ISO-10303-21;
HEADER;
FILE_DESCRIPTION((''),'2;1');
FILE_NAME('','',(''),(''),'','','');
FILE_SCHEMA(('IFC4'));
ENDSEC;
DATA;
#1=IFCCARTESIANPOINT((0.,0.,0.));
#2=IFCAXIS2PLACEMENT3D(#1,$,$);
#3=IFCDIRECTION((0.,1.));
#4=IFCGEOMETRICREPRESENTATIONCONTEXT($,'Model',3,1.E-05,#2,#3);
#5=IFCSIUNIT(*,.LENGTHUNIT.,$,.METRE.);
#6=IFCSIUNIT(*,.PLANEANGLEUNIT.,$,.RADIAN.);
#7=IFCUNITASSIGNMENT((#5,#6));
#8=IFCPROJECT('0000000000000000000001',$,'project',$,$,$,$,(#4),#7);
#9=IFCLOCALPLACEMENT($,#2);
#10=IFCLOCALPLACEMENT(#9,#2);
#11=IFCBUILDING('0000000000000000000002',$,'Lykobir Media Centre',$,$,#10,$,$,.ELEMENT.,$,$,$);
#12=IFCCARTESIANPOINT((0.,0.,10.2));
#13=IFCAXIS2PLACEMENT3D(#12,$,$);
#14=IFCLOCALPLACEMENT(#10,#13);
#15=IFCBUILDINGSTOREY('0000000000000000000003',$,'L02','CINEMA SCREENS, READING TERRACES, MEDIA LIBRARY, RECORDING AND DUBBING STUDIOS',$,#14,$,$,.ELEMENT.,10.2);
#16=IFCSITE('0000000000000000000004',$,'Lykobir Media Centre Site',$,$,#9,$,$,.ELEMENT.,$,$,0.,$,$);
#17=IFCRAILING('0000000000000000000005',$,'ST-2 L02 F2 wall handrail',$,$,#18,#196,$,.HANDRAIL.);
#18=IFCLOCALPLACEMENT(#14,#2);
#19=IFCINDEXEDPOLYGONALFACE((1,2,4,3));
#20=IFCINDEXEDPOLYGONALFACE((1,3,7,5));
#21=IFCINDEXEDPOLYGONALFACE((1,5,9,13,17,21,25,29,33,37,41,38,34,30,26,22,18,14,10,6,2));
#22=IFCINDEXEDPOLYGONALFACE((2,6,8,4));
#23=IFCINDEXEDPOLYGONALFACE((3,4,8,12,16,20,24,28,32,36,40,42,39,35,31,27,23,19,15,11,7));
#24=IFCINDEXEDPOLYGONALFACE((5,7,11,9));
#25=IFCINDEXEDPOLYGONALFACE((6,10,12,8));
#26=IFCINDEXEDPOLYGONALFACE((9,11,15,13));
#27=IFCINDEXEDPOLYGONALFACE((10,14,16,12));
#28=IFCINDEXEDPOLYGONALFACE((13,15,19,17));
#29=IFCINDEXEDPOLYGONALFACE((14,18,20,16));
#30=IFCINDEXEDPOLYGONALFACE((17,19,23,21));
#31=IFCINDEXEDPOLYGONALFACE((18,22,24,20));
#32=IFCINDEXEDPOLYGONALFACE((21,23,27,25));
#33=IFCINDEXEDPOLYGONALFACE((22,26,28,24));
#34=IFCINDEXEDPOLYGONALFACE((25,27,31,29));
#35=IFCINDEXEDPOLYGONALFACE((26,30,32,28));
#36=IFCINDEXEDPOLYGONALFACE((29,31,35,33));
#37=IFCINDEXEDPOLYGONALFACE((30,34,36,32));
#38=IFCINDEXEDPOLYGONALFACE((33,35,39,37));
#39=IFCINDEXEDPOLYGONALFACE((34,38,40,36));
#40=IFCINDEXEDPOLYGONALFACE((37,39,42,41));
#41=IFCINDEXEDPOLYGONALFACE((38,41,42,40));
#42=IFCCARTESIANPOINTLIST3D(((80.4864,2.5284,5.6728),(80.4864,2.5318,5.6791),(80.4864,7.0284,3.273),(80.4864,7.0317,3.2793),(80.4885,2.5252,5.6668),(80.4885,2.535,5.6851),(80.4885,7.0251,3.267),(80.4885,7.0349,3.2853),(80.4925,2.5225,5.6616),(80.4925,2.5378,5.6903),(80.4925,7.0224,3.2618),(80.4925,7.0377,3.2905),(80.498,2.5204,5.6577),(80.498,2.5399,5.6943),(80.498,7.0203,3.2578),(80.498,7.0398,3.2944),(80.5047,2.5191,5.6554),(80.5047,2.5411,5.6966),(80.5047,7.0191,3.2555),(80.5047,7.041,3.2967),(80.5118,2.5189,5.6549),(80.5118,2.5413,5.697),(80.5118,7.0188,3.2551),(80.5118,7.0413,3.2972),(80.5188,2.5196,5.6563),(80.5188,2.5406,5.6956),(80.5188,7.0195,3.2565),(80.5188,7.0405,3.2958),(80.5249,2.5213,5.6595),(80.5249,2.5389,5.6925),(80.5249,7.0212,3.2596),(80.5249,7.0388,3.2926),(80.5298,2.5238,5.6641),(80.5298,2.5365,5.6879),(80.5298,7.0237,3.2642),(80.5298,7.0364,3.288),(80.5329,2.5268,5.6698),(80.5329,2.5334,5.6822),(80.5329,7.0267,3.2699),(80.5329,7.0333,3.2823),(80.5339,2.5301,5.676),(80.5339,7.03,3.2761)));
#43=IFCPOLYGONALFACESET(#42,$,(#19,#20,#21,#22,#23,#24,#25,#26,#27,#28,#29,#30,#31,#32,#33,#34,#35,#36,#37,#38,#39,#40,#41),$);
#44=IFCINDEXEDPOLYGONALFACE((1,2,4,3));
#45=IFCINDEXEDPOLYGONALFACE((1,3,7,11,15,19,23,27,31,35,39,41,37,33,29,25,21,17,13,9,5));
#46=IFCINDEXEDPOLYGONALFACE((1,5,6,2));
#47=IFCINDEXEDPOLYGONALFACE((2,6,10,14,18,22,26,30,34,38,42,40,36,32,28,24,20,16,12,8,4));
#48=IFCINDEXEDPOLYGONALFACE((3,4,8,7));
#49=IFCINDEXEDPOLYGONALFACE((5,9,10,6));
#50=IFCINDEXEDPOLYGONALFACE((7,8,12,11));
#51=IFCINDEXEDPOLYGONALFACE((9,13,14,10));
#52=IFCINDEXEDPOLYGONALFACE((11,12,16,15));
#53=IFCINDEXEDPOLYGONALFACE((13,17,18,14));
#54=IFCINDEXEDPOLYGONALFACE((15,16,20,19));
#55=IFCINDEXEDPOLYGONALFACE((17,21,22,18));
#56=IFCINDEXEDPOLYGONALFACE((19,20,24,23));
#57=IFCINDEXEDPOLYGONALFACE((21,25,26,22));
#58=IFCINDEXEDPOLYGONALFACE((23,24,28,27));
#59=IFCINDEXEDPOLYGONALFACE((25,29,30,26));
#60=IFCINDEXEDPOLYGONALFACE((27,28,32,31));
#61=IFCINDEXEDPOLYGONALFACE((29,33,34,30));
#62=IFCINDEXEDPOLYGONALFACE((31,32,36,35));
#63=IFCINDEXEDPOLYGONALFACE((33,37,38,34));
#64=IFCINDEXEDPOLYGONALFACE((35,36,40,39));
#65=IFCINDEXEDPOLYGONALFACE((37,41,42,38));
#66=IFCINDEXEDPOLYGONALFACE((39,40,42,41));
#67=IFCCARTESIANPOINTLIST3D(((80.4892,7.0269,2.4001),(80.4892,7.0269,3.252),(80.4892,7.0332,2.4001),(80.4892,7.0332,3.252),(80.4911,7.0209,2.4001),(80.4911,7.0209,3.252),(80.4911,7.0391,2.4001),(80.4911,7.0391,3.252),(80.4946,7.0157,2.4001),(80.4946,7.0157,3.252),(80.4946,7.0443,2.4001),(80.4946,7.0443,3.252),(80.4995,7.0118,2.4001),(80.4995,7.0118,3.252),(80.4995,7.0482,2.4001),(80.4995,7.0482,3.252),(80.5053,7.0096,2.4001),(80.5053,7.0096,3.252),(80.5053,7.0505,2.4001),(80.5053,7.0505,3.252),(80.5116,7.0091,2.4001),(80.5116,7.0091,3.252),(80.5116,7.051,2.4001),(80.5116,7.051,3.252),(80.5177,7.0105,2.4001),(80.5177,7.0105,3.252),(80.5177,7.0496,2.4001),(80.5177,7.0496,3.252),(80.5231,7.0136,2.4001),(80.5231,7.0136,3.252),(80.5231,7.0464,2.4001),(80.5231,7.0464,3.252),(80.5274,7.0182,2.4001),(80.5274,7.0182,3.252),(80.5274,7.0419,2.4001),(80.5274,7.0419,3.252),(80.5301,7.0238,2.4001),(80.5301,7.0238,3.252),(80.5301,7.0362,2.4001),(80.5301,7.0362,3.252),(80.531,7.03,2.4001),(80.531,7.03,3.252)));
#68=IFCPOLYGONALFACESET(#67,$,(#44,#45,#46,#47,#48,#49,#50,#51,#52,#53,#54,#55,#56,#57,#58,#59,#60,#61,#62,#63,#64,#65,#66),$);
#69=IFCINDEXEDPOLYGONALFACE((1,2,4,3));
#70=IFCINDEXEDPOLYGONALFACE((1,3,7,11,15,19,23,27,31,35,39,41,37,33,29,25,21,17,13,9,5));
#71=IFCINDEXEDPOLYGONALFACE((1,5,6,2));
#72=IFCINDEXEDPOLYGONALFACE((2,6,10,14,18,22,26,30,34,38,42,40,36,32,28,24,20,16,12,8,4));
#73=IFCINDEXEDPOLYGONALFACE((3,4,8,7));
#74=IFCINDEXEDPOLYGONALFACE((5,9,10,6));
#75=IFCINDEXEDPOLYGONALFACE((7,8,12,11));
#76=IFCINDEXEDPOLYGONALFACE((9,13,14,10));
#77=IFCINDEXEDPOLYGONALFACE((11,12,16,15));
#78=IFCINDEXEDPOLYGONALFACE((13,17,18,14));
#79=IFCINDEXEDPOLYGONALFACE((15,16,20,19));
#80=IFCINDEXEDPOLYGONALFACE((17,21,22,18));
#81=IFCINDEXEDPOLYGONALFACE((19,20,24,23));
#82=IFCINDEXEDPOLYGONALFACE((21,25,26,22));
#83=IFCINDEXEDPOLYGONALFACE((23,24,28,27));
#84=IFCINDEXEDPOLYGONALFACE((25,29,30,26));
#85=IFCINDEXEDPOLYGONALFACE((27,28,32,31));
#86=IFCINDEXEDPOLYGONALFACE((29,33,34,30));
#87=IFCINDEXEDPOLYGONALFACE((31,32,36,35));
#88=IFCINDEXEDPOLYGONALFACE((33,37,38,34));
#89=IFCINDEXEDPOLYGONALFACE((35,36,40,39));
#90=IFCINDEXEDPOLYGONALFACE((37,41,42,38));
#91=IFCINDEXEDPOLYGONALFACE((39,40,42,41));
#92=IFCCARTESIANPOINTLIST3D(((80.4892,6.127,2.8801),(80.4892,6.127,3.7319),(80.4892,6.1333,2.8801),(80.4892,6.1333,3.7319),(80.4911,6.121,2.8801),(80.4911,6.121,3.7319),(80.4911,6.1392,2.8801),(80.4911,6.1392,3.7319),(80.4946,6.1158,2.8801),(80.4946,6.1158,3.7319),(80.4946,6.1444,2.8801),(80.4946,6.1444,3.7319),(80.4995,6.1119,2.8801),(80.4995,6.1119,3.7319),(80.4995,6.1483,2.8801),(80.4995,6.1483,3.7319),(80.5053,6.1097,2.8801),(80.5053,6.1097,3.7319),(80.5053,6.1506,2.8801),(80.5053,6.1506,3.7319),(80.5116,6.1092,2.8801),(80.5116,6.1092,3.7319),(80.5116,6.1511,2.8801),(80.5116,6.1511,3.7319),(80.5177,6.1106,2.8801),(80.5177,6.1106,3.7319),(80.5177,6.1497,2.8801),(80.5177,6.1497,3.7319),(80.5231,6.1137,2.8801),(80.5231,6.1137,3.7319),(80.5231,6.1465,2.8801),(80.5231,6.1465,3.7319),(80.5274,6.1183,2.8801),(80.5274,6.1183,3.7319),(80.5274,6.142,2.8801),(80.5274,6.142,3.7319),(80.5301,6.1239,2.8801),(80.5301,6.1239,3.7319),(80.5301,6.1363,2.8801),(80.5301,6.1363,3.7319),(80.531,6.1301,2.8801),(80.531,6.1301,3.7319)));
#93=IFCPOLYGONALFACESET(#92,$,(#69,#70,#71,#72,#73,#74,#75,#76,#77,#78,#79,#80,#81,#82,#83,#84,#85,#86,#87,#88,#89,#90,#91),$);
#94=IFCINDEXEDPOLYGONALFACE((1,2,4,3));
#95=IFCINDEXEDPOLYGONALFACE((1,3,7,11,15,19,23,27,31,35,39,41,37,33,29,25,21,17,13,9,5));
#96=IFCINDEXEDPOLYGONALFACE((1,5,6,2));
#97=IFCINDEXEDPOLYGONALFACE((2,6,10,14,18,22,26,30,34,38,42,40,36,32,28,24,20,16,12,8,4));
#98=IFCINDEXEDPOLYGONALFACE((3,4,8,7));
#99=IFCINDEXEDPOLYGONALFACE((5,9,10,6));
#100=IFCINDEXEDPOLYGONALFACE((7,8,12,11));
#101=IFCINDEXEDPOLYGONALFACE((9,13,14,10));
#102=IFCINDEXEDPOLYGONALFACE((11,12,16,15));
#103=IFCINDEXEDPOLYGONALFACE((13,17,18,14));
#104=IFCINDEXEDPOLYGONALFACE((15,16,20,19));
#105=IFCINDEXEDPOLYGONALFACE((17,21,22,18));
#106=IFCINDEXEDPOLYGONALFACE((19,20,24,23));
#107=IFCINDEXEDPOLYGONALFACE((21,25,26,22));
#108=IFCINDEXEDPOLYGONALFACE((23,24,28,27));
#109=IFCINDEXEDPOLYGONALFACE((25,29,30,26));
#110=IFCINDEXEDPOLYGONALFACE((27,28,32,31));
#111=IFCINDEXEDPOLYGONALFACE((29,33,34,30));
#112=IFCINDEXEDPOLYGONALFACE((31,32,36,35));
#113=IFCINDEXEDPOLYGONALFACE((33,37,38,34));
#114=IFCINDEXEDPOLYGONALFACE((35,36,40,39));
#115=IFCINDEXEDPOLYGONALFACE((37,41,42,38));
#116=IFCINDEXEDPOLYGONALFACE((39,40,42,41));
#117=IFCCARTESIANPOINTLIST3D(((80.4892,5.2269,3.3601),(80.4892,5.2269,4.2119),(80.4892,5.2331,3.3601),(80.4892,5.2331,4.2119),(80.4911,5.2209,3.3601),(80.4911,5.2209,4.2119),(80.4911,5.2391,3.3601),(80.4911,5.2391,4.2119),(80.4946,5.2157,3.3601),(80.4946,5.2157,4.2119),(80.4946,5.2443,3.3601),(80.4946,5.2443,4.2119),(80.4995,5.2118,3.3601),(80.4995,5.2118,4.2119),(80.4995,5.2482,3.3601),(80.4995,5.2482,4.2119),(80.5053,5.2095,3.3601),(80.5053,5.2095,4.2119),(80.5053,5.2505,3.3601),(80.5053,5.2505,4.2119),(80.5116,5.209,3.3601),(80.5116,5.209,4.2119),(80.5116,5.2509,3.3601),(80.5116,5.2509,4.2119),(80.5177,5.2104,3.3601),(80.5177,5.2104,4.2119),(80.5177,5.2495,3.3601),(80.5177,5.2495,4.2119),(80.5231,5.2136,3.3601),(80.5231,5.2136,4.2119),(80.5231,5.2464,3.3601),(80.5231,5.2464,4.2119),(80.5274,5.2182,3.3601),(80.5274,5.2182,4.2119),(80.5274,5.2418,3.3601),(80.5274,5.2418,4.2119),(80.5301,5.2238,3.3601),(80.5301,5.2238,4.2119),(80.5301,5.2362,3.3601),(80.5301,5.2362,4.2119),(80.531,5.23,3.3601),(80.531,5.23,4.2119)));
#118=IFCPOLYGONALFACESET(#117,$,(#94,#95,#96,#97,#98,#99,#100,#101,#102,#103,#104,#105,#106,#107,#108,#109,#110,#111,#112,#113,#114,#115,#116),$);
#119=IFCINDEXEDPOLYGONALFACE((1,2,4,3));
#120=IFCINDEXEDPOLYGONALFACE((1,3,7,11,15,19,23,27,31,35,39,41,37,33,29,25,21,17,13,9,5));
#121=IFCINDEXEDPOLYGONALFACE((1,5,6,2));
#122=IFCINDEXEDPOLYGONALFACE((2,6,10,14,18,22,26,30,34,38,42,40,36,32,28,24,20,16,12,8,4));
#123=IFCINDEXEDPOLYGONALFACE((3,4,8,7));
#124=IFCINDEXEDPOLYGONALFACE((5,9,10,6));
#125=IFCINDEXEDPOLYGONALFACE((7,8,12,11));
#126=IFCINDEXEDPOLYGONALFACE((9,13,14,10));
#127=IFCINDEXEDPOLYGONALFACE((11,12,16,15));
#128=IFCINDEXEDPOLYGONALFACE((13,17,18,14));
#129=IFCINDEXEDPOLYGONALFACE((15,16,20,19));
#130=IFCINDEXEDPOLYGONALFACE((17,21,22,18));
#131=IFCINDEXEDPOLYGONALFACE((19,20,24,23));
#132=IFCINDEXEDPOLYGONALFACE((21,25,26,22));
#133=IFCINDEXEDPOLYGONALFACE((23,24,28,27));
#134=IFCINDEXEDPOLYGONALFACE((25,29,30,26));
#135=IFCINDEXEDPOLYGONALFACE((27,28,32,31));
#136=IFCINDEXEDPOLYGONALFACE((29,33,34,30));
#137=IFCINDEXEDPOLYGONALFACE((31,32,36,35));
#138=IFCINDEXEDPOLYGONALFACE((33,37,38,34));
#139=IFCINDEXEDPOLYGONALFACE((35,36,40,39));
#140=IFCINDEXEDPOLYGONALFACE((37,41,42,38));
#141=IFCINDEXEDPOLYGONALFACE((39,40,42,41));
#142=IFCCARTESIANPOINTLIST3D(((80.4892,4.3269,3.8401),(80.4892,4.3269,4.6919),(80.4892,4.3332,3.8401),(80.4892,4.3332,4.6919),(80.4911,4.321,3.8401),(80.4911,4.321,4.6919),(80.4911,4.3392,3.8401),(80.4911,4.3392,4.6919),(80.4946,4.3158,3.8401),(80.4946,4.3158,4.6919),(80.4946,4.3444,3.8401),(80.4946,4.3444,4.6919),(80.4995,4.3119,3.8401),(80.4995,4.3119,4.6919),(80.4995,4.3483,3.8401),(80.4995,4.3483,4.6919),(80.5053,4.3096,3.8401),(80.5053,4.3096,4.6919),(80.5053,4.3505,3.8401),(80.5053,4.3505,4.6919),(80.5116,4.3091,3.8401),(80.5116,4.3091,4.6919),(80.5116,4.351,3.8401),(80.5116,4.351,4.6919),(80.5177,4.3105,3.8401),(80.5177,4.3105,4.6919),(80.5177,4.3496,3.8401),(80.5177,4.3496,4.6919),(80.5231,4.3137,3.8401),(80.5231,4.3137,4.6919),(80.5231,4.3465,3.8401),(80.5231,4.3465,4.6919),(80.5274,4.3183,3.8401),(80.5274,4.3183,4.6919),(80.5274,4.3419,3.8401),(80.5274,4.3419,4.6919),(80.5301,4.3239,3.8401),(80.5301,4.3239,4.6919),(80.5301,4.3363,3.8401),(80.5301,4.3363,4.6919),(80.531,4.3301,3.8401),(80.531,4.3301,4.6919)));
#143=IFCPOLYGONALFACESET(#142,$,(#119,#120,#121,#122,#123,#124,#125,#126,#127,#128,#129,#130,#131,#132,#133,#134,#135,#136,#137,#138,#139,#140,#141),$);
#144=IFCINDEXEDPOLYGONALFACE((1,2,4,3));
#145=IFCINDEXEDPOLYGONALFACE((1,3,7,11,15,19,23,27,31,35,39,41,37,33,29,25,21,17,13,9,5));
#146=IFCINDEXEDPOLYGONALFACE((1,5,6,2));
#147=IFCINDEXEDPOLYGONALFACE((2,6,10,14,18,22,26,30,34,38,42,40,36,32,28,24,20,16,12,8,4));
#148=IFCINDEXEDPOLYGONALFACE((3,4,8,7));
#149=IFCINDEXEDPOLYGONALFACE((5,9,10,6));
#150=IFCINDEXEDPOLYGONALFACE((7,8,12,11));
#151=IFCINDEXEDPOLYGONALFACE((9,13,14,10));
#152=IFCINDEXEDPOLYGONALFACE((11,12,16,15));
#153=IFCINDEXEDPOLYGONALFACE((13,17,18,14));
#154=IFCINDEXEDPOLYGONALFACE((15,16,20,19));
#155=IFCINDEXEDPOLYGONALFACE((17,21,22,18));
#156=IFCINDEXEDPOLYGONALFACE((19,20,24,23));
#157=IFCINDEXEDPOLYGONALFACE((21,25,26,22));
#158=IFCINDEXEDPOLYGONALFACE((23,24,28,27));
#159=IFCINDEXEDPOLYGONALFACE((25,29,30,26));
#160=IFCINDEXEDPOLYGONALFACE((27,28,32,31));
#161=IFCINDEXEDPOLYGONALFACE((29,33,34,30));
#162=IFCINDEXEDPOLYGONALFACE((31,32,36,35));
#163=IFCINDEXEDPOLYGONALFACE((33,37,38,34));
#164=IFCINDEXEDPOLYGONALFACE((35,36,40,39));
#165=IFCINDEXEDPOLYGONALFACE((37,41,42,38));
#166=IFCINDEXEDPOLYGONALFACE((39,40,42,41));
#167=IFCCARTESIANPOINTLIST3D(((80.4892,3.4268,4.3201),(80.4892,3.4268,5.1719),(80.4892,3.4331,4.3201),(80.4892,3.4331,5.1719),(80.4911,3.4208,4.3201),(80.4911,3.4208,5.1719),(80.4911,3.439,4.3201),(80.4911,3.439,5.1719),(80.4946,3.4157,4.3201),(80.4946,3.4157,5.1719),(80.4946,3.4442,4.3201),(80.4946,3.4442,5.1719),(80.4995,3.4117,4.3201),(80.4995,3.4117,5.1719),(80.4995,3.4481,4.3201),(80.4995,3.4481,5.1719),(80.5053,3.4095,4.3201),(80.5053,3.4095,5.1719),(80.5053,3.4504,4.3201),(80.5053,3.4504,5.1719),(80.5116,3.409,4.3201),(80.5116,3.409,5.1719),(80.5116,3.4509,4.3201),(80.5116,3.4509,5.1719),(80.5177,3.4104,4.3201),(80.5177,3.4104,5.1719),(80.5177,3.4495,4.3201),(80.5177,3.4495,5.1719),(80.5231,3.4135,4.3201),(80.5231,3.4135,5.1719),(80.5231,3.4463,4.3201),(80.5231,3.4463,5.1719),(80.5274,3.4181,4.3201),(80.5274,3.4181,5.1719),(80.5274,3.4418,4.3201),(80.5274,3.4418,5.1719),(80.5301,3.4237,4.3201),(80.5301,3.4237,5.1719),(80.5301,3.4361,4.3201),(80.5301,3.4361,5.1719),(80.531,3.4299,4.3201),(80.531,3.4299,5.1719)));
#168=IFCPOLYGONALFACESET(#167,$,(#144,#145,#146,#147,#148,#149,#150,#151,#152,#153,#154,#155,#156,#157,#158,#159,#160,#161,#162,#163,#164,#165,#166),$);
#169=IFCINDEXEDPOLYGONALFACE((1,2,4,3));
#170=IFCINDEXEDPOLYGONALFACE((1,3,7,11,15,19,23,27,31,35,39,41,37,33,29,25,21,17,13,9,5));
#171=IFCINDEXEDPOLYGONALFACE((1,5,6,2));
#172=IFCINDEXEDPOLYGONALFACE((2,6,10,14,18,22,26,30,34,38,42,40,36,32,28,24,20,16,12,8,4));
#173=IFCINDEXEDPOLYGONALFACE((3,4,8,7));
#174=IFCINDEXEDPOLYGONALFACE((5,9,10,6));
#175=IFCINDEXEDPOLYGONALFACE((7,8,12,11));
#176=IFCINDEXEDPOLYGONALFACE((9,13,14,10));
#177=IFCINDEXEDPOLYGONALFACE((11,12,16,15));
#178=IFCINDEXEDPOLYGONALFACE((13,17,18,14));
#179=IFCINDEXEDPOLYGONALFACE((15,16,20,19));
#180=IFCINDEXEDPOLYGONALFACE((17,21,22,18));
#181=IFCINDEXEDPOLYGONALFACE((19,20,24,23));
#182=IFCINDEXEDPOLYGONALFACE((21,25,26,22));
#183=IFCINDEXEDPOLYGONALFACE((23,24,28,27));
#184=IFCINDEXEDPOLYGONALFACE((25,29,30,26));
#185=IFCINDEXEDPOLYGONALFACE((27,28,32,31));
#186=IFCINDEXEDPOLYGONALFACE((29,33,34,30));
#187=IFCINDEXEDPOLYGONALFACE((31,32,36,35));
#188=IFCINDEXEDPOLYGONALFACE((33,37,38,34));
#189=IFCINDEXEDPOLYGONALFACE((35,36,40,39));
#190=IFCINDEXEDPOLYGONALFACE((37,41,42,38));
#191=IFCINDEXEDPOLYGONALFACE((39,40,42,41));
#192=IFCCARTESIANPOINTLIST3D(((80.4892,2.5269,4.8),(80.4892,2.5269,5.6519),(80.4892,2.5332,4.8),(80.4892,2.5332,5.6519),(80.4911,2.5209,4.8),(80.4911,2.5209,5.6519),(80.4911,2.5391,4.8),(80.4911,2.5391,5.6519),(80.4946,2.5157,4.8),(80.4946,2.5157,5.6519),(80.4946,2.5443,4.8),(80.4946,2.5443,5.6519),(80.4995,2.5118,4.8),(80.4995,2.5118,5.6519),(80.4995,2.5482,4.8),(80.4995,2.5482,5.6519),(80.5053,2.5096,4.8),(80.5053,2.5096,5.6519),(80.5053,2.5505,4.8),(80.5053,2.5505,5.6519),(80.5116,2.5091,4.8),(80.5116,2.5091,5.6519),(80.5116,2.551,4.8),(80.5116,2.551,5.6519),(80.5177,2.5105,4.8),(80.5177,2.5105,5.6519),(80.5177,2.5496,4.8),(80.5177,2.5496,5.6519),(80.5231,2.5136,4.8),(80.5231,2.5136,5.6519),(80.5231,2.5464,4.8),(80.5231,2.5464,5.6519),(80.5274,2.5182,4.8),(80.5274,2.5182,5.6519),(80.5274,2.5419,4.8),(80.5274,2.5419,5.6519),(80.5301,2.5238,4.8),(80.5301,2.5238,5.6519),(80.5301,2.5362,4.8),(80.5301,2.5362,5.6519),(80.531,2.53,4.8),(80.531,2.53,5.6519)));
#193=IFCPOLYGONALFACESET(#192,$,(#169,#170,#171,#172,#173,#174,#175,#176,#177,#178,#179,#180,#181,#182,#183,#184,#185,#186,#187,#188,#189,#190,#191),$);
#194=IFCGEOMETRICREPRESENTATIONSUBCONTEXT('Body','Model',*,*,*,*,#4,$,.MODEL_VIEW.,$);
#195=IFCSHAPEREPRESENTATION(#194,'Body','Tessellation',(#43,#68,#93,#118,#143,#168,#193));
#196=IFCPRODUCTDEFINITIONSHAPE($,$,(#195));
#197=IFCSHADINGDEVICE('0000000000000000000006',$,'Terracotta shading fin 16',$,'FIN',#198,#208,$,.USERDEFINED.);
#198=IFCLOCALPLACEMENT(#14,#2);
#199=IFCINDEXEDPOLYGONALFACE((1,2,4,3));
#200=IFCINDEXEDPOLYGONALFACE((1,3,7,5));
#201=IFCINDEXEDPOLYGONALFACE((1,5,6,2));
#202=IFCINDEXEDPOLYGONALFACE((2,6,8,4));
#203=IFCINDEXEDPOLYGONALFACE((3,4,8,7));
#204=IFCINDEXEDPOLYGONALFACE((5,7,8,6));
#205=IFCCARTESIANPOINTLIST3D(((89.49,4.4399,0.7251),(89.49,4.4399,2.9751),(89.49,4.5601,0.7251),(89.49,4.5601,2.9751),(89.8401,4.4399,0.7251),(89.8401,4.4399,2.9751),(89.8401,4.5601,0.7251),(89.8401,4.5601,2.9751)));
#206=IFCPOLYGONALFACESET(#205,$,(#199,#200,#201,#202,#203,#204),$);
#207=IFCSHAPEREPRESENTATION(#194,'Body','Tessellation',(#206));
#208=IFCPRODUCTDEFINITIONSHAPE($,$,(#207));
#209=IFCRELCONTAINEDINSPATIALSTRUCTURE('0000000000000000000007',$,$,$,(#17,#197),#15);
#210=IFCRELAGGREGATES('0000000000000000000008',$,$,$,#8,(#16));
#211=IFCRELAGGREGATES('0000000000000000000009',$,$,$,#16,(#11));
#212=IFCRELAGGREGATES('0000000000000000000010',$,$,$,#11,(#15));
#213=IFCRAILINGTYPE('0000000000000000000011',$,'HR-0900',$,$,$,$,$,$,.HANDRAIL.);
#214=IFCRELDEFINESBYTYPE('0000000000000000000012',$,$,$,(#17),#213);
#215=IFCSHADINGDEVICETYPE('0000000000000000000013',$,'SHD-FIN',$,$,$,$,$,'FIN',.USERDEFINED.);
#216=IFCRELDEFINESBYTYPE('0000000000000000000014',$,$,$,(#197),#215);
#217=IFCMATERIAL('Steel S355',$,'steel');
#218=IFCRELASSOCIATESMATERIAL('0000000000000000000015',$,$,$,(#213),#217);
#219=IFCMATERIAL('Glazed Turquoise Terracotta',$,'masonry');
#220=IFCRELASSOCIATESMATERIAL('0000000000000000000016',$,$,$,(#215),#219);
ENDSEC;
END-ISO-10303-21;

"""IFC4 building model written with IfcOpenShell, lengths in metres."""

from ifc_helpers import new_model, si_unit, direction, frame, origin, origin_2d, place, context, subcontext, project, spatial, rectangle, circle, extrude, material, type_object, element, save


model = new_model("IFC4")

# Units and contexts
model_context = context("Model", 3, precision=1e-05, world=origin(), true_north=direction((0.0, 1.0)))
body_context = subcontext(model_context, "Body", "Model", "MODEL_VIEW")
ifc_project = project(units=[si_unit("LENGTHUNIT", "METRE"), si_unit("PLANEANGLEUNIT", "RADIAN")], contexts=[model_context])

# Site, building, storey
site_placement = place(None, origin())
site = spatial("IfcSite", under=ifc_project, at=site_placement, Name="Lykobir Media Centre Site", CompositionType="ELEMENT", RefElevation=0.0)
building_placement = place(site_placement, origin())
building = spatial("IfcBuilding", under=site, at=building_placement, Name="Lykobir Media Centre", CompositionType="ELEMENT")
storey_placement = place(building_placement, frame((0.0, 0.0, 10.2)))
storey = spatial("IfcBuildingStorey", under=building, at=storey_placement, Name="L02", Description="CINEMA SCREENS, READING TERRACES, MEDIA LIBRARY, RECORDING AND DUBBING STUDIOS", CompositionType="ELEMENT", Elevation=10.2)

# Shared definitions
ifc_material_1 = material(Name="Steel S355", Category="steel")

# Railing
railing_type_1 = type_object("IfcRailingType", Name="HR-0900", PredefinedType="HANDRAIL", material=ifc_material_1)
railing_1_placement = place(storey_placement, frame((80.51, 7.03, 2.4001)))
element("IfcRailing", 1, at=railing_1_placement, inside=storey, type_object=railing_type_1, Name="ST-2 L02 F2 wall handrail", PredefinedType="HANDRAIL", context=body_context, shape_type="SweptSolid", body=[
    extrude(circle(Radius=0.0239, at=origin_2d()), frame((0.0, 0.0, 0.876), z_axis=(0.0, -0.882361, 0.470573), x_axis=(1.0, 0.0, 0.0)), (0.0, 0.0, 1.0), 5.0999),
    extrude(circle(Radius=0.021, at=origin_2d()), origin(), (0.0, 0.0, 1.0), 0.8518),
    extrude(circle(Radius=0.021, at=origin_2d()), frame((0.0, -0.8999, 0.48)), (0.0, 0.0, 1.0), 0.8518),
    extrude(circle(Radius=0.021, at=origin_2d()), frame((0.0, -1.8, 0.96)), (0.0, 0.0, 1.0), 0.8518),
    extrude(circle(Radius=0.021, at=origin_2d()), frame((0.0, -2.7, 1.4399)), (0.0, 0.0, 1.0), 0.8518),
    extrude(circle(Radius=0.021, at=origin_2d()), frame((0.0, -3.6001, 1.9199)), (0.0, 0.0, 1.0), 0.8518),
    extrude(circle(Radius=0.021, at=origin_2d()), frame((0.0, -4.5, 2.3999)), (0.0, 0.0, 1.0), 0.8518),
])

# Shading device
ifc_material_2 = material(Name="Glazed Turquoise Terracotta", Category="masonry")
shading_device_type = type_object("IfcShadingDeviceType", Name="SHD-FIN", ElementType="FIN", PredefinedType="USERDEFINED", material=ifc_material_2)
for number, where, z_axis, x_axis, name in (
    (2, (89.665, 4.5, 0.7251), (0.0, 0.0, 1.0), (0.0, -1.0, 0.0), "Terracotta shading fin 16"),
):
    element("IfcShadingDevice", number, at=place(storey_placement, frame(where, z_axis=z_axis, x_axis=x_axis)), inside=storey, type_object=shading_device_type, Name=name, ObjectType="FIN", PredefinedType="USERDEFINED", context=body_context, shape_type="SweptSolid", body=[
        extrude(rectangle(XDim=0.1201, YDim=0.3501, at=origin_2d()), origin(), (0.0, 0.0, 1.0), 2.25),
    ])

save(model, "model.ifc")
